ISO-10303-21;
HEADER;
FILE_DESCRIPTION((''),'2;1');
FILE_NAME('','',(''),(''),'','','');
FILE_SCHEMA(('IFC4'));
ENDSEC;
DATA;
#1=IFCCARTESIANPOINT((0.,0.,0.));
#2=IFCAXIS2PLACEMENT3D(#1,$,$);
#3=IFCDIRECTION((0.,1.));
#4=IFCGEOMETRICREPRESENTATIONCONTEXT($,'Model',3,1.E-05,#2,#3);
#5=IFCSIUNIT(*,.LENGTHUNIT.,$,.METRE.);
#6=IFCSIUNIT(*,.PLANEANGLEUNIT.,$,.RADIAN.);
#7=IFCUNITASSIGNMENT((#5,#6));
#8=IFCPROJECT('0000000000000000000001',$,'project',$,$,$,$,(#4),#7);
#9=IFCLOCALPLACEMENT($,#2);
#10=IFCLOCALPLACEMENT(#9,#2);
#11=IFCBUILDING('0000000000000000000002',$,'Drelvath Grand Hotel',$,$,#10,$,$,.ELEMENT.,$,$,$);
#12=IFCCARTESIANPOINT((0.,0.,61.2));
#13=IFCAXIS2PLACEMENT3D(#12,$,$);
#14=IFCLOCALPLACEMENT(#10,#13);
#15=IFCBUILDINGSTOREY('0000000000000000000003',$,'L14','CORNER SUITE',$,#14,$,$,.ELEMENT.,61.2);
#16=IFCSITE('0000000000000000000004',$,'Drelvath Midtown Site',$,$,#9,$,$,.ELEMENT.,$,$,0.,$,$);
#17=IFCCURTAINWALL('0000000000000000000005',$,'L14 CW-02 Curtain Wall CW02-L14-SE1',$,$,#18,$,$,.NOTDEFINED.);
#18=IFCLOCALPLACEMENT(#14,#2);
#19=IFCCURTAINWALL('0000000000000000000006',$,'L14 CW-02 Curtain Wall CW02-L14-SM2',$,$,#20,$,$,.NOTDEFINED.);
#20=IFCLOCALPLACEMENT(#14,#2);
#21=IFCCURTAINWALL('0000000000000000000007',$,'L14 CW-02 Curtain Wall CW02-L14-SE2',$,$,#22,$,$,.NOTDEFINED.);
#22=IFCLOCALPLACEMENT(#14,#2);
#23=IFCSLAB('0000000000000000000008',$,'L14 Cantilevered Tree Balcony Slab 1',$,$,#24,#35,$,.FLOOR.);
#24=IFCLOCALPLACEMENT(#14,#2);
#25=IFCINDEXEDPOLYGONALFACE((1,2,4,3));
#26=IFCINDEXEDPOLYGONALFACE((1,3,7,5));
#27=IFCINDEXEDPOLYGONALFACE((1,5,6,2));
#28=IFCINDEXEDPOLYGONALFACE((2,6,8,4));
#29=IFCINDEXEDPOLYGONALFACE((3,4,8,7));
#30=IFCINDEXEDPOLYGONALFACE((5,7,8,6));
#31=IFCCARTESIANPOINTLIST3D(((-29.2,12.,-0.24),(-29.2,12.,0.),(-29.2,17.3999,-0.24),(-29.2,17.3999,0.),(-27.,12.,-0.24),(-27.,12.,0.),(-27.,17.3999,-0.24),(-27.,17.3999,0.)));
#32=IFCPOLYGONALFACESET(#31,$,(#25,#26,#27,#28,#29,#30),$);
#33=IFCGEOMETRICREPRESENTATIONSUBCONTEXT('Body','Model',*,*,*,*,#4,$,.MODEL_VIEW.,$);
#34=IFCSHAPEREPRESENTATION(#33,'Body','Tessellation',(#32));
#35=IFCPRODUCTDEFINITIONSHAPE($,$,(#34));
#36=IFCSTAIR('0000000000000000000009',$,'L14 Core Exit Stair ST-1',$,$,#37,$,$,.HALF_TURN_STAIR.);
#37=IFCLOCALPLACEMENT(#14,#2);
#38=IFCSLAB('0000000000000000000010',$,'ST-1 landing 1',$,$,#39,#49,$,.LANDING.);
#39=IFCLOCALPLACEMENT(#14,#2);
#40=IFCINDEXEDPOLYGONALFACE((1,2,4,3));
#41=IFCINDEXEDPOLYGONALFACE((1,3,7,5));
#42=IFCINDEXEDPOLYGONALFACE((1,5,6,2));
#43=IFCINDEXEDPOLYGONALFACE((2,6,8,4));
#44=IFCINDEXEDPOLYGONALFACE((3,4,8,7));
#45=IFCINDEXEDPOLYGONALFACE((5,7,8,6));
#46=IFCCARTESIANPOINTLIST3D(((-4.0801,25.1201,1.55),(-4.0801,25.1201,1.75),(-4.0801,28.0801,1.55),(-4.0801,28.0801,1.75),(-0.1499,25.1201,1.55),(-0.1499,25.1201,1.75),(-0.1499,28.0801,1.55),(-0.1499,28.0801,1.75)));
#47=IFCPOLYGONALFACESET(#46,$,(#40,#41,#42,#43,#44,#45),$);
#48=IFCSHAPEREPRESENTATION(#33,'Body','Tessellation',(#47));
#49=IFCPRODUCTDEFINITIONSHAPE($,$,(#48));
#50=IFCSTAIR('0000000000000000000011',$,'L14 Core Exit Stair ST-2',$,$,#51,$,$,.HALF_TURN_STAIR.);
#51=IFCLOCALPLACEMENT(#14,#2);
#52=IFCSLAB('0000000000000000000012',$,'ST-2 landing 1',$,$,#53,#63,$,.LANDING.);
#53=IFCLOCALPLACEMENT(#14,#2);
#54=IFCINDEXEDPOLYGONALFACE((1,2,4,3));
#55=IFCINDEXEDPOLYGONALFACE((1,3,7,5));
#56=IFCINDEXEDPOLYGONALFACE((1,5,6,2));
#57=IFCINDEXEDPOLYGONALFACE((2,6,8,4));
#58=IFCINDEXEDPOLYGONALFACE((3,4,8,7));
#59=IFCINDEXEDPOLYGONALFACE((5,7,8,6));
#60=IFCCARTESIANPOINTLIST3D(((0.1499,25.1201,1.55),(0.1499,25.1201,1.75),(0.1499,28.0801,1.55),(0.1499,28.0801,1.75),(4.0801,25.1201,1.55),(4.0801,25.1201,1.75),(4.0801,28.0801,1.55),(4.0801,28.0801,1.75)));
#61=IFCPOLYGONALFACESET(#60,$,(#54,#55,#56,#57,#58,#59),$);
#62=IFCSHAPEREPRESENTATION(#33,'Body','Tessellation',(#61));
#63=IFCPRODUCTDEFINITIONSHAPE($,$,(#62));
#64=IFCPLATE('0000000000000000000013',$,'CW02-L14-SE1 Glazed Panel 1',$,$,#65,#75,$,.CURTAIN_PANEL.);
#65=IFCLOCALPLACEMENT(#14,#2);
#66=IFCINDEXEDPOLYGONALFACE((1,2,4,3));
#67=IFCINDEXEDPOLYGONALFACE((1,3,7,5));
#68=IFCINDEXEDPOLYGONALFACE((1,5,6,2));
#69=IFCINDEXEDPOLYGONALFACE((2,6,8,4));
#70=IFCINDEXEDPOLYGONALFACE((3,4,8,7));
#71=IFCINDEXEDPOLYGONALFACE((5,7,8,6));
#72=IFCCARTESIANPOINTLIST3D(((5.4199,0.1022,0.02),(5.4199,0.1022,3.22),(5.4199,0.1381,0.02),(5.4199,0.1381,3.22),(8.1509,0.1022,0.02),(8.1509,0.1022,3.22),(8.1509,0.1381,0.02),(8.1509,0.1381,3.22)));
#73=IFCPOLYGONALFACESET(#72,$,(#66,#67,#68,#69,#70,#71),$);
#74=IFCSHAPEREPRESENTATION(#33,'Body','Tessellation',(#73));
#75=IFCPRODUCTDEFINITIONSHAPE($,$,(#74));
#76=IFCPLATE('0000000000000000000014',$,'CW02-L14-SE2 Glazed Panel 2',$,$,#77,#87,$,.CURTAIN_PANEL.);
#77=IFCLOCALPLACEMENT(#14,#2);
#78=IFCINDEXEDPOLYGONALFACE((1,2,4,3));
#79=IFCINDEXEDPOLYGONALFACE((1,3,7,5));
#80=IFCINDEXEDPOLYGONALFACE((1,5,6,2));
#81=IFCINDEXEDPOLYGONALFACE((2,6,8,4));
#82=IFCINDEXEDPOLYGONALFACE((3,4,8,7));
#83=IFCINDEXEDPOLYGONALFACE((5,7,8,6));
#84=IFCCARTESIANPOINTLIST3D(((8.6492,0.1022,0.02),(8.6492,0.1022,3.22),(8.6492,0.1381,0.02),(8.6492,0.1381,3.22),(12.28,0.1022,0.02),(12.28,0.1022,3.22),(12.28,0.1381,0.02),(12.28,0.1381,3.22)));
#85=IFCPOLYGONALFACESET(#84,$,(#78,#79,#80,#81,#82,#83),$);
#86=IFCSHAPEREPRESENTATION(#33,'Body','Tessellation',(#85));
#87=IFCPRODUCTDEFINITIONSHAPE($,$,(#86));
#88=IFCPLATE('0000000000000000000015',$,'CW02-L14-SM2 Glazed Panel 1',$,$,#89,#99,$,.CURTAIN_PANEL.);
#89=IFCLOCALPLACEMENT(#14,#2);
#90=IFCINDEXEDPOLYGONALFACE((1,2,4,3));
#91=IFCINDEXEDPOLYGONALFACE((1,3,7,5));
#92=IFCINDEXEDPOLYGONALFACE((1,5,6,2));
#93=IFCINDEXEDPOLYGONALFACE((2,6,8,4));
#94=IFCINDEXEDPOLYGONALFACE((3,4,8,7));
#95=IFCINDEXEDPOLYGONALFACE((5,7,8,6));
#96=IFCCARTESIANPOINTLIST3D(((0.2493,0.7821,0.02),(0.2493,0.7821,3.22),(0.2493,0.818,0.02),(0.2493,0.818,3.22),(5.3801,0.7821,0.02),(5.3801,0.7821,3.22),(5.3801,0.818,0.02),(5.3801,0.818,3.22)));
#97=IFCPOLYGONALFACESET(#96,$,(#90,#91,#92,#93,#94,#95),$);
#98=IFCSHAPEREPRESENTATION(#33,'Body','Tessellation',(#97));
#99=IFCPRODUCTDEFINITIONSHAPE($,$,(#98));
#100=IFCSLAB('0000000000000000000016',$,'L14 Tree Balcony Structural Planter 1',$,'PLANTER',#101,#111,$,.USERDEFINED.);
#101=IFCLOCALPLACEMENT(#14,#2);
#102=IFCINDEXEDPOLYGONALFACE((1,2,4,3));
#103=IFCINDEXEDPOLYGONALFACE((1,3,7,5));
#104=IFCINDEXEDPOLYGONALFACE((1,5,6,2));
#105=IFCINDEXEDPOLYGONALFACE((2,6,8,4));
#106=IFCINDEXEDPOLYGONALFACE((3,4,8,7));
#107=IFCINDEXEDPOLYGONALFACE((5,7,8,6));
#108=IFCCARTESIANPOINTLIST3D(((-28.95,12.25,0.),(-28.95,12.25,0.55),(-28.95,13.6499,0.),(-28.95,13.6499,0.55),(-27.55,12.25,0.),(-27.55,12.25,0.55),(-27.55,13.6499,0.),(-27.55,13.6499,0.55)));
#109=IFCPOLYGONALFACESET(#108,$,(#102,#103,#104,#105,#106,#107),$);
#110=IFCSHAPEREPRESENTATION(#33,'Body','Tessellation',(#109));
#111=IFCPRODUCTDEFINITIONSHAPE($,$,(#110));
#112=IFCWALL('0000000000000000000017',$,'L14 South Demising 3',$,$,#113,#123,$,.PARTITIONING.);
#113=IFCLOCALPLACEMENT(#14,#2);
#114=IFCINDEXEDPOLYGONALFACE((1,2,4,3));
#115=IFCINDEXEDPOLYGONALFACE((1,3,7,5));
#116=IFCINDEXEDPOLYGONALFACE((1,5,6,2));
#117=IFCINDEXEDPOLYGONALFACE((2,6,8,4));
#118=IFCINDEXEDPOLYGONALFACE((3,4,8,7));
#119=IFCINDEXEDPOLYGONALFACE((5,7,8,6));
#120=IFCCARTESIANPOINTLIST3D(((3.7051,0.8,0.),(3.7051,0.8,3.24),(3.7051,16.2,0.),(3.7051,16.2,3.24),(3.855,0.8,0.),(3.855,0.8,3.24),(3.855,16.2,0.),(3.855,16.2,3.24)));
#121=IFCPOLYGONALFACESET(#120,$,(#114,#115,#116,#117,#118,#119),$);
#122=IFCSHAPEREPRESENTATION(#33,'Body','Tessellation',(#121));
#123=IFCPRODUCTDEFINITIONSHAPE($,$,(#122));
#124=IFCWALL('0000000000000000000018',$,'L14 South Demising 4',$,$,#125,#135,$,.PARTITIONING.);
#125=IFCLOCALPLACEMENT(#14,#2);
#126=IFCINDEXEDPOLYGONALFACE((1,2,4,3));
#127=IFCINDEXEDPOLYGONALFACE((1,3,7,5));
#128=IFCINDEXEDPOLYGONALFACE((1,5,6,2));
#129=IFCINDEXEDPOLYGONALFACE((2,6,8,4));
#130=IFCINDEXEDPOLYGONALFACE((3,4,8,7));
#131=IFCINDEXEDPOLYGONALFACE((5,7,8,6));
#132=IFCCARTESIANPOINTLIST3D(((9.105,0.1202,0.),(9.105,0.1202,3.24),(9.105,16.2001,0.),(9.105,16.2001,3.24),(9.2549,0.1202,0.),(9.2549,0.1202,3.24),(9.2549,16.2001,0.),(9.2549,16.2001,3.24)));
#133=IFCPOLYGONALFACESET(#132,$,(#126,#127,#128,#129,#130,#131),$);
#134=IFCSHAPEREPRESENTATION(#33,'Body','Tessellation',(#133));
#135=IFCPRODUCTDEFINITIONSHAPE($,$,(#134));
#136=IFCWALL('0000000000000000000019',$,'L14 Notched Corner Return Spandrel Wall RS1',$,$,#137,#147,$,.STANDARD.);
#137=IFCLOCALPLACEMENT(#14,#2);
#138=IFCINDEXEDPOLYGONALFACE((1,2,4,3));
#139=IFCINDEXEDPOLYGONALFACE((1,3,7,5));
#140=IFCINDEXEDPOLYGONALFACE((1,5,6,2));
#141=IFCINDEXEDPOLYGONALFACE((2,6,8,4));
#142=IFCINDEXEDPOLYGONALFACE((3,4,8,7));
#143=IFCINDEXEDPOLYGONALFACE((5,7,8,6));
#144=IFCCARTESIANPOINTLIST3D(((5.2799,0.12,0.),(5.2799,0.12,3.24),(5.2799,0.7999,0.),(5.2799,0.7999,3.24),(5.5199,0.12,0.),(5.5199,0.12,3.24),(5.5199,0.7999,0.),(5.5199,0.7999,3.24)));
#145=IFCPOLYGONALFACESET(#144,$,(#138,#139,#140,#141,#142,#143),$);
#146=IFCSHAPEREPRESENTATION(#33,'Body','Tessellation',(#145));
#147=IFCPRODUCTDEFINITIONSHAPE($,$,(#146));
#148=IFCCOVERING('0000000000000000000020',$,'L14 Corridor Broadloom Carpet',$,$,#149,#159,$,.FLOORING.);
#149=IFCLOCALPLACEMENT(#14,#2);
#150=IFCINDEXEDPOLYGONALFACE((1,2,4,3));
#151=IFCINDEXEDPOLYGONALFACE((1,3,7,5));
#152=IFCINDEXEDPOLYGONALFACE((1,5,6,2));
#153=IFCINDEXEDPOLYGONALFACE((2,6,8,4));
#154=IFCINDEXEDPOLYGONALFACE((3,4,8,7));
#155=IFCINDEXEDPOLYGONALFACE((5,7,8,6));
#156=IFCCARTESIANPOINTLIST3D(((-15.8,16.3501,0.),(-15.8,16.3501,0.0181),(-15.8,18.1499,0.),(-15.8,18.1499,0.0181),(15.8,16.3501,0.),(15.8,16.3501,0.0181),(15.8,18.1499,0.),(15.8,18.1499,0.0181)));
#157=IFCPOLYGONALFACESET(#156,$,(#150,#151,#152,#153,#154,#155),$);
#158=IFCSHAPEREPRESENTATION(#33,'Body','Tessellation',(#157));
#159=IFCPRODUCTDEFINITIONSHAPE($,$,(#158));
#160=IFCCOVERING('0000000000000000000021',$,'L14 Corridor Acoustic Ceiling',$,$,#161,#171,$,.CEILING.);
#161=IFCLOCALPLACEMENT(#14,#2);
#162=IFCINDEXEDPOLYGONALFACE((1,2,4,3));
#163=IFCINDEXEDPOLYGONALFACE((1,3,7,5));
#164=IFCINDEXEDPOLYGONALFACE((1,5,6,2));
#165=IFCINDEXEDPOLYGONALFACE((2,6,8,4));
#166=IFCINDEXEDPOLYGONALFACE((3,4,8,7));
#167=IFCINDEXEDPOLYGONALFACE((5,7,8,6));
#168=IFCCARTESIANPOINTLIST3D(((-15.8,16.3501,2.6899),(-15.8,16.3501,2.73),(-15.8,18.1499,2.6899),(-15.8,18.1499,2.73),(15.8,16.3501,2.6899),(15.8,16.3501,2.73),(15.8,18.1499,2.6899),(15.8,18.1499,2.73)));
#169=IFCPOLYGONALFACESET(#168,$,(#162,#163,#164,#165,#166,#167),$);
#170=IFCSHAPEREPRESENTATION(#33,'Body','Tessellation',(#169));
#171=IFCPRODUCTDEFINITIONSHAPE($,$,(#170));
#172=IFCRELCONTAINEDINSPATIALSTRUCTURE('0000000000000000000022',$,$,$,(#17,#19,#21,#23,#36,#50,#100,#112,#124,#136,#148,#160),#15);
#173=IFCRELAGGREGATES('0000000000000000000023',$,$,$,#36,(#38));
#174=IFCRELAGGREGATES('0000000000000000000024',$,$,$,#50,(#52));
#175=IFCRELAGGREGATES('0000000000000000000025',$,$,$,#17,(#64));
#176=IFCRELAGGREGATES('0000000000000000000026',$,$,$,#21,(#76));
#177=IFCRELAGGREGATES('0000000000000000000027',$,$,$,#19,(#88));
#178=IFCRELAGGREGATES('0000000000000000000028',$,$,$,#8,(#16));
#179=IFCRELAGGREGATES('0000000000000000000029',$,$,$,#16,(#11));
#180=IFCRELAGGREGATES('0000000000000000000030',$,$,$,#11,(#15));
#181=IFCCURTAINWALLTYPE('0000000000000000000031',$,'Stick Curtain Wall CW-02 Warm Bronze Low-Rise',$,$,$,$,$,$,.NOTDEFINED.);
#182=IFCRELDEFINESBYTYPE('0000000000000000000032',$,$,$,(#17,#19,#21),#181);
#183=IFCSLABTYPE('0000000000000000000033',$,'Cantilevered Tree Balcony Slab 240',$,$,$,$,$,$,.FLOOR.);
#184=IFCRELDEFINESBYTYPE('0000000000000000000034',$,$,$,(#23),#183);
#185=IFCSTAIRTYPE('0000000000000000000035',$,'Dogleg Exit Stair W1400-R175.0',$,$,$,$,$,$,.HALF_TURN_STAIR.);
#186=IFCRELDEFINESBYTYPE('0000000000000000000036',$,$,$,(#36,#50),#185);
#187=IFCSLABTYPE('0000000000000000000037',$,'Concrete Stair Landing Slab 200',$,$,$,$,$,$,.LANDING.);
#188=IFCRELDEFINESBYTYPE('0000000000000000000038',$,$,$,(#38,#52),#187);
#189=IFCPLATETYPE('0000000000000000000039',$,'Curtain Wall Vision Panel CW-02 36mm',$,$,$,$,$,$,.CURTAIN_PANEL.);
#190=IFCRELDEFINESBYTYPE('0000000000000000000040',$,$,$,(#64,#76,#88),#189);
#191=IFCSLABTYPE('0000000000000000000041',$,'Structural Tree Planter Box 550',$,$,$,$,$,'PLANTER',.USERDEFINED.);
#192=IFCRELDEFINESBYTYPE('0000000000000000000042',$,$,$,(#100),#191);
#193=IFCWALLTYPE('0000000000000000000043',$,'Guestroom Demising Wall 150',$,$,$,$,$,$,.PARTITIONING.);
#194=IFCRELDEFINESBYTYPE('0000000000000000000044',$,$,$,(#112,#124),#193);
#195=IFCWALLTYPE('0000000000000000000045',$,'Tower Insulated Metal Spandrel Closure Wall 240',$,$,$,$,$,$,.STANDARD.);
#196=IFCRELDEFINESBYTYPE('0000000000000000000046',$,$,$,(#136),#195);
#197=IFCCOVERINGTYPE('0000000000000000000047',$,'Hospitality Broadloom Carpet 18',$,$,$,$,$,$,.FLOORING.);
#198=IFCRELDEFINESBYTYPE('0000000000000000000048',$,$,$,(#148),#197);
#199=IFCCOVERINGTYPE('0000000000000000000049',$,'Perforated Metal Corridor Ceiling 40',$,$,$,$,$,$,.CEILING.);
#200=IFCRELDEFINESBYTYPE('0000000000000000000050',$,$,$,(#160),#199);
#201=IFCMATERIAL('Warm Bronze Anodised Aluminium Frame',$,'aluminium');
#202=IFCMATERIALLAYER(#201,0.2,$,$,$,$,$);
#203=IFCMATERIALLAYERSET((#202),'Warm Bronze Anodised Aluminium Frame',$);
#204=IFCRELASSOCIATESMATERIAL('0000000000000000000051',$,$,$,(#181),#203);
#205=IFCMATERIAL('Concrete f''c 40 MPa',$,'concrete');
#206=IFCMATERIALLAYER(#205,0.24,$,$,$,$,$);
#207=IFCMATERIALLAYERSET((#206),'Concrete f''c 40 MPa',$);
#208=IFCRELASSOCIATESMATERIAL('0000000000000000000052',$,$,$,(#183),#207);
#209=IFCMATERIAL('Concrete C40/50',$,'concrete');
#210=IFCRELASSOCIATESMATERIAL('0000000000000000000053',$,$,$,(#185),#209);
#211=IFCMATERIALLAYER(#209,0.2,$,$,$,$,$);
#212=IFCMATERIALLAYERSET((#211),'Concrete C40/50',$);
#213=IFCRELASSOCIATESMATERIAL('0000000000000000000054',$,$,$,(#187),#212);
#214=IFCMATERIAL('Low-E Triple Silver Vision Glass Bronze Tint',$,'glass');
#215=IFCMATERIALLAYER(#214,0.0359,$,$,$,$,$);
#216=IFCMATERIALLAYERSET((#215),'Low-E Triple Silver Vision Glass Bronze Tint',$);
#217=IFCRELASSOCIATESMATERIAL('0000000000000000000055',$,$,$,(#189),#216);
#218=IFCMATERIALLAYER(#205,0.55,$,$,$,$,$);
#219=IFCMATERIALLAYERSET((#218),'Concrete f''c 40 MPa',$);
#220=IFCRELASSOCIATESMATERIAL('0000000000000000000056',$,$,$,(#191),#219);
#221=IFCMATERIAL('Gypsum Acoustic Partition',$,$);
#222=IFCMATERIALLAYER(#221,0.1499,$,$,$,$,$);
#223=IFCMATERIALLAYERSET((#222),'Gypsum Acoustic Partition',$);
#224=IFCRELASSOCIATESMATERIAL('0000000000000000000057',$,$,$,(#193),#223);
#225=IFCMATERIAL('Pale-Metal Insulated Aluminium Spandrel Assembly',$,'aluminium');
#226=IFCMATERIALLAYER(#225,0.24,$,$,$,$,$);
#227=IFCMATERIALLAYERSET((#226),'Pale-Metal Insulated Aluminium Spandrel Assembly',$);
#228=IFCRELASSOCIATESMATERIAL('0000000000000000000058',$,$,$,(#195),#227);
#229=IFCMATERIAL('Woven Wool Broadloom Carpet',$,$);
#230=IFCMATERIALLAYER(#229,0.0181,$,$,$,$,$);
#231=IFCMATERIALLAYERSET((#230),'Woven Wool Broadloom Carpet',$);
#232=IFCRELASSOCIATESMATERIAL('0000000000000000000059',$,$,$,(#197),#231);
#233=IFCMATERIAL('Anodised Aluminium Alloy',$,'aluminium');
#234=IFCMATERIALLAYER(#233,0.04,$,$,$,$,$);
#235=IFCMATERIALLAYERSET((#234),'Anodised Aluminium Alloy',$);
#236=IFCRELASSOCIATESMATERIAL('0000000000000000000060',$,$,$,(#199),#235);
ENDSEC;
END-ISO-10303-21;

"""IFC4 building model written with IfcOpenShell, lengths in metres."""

from ifc_helpers import new_model, si_unit, direction, frame, frame_2d, origin, origin_2d, place, context, subcontext, project, spatial, polyline, rectangle, outline, extrude, material, layer, layer_set, type_object, element, aggregate, save


model = new_model("IFC4")

# Units and contexts
model_context = context("Model", 3, precision=1e-05, world=origin(), true_north=direction((0.0, 1.0)))
body_context = subcontext(model_context, "Body", "Model", "MODEL_VIEW")
ifc_project = project(units=[si_unit("LENGTHUNIT", "METRE"), si_unit("PLANEANGLEUNIT", "RADIAN")], contexts=[model_context])

# Site, building, storey
site_placement = place(None, origin())
site = spatial("IfcSite", under=ifc_project, at=site_placement, Name="Drelvath Midtown Site", CompositionType="ELEMENT", RefElevation=0.0)
building_placement = place(site_placement, origin())
building = spatial("IfcBuilding", under=site, at=building_placement, Name="Drelvath Grand Hotel", CompositionType="ELEMENT")
storey_placement = place(building_placement, frame((0.0, 0.0, 61.2)))
storey = spatial("IfcBuildingStorey", under=building, at=storey_placement, Name="L14", Description="CORNER SUITE", CompositionType="ELEMENT", Elevation=61.2)

# Curtain walls
ifc_material_1 = material(Name="Warm Bronze Anodised Aluminium Frame", Category="aluminium")
ifc_layer_1 = layer(ifc_material_1, 0.2)
ifc_layer_set_1 = layer_set([ifc_layer_1], Name="Warm Bronze Anodised Aluminium Frame")
curtain_wall_type = type_object("IfcCurtainWallType", Name="Stick Curtain Wall CW-02 Warm Bronze Low-Rise", PredefinedType="NOTDEFINED", material=ifc_layer_set_1)
curtain_wall_1_placement = place(storey_placement, origin())
curtain_wall_1 = element("IfcCurtainWall", 1, at=curtain_wall_1_placement, inside=storey, type_object=curtain_wall_type, Name="L14 CW-02 Curtain Wall CW02-L14-SE1", PredefinedType="NOTDEFINED")
curtain_wall_2_placement = place(storey_placement, origin())
curtain_wall_2 = element("IfcCurtainWall", 2, at=curtain_wall_2_placement, inside=storey, type_object=curtain_wall_type, Name="L14 CW-02 Curtain Wall CW02-L14-SM2", PredefinedType="NOTDEFINED")

# Curtain wall
curtain_wall_3_placement = place(storey_placement, origin())
curtain_wall_3 = element("IfcCurtainWall", 3, at=curtain_wall_3_placement, inside=storey, type_object=curtain_wall_type, Name="L14 CW-02 Curtain Wall CW02-L14-SE2", PredefinedType="NOTDEFINED")

# Slab
ifc_material_2 = material(Name="Concrete f'c 40 MPa", Category="concrete")
ifc_layer_2 = layer(ifc_material_2, 0.24)
ifc_layer_set_2 = layer_set([ifc_layer_2], Name="Concrete f'c 40 MPa")
slab_type_1 = type_object("IfcSlabType", Name="Cantilevered Tree Balcony Slab 240", PredefinedType="FLOOR", material=ifc_layer_set_2)
slab_1_placement = place(storey_placement, frame((0.0, 0.0, -0.24)))
element("IfcSlab", 4, at=slab_1_placement, inside=storey, type_object=slab_type_1, Name="L14 Cantilevered Tree Balcony Slab 1", PredefinedType="FLOOR", context=body_context, shape_type="SweptSolid", body=[
    extrude(outline(polyline([(-29.2, 12.0), (-27.0, 12.0), (-27.0, 17.3999), (-29.2, 17.3999), (-29.2, 12.0)])), origin(), (0.0, 0.0, 1.0), 0.24),
])

# Stairs, slabs
ifc_material_3 = material(Name="Concrete C40/50", Category="concrete")
stair_type = type_object("IfcStairType", Name="Dogleg Exit Stair W1400-R175.0", PredefinedType="HALF_TURN_STAIR", material=ifc_material_3)
stair_1_placement = place(storey_placement, origin())
stair_1 = element("IfcStair", 5, at=stair_1_placement, inside=storey, type_object=stair_type, Name="L14 Core Exit Stair ST-1", PredefinedType="HALF_TURN_STAIR")
ifc_layer_3 = layer(ifc_material_3, 0.2)
ifc_layer_set_3 = layer_set([ifc_layer_3], Name="Concrete C40/50")
slab_type_2 = type_object("IfcSlabType", Name="Concrete Stair Landing Slab 200", PredefinedType="LANDING", material=ifc_layer_set_3)
slab_2_placement = place(storey_placement, frame((0.0, 0.0, 1.55)))
slab_2 = element("IfcSlab", 6, at=slab_2_placement, type_object=slab_type_2, Name="ST-1 landing 1", PredefinedType="LANDING", context=body_context, shape_type="SweptSolid", body=[
    extrude(outline(polyline([(-4.0801, 25.1201), (-0.1499, 25.1201), (-0.1499, 28.0801), (-4.0801, 28.0801), (-4.0801, 25.1201)])), origin(), (0.0, 0.0, 1.0), 0.2),
])
aggregate(stair_1, [slab_2])
stair_2_placement = place(storey_placement, origin())
stair_2 = element("IfcStair", 7, at=stair_2_placement, inside=storey, type_object=stair_type, Name="L14 Core Exit Stair ST-2", PredefinedType="HALF_TURN_STAIR")
slab_3_placement = place(storey_placement, frame((0.0, 0.0, 1.55)))
slab_3 = element("IfcSlab", 8, at=slab_3_placement, type_object=slab_type_2, Name="ST-2 landing 1", PredefinedType="LANDING", context=body_context, shape_type="SweptSolid", body=[
    extrude(outline(polyline([(4.0801, 28.0801), (0.1499, 28.0801), (0.1499, 25.1201), (4.0801, 25.1201), (4.0801, 28.0801)])), origin(), (0.0, 0.0, 1.0), 0.2),
])
aggregate(stair_2, [slab_3])

# Plates
ifc_material_4 = material(Name="Low-E Triple Silver Vision Glass Bronze Tint", Category="glass")
ifc_layer_4 = layer(ifc_material_4, 0.0359)
ifc_layer_set_4 = layer_set([ifc_layer_4], Name="Low-E Triple Silver Vision Glass Bronze Tint")
plate_type = type_object("IfcPlateType", Name="Curtain Wall Vision Panel CW-02 36mm", PredefinedType="CURTAIN_PANEL", material=ifc_layer_set_4)
plate_1_placement = place(storey_placement, frame((6.7854, 0.1201, 0.02), z_axis=(0.0, 0.0, 1.0), x_axis=(-1.0, 0.0, 0.0)))
plate_1 = element("IfcPlate", 9, at=plate_1_placement, type_object=plate_type, Name="CW02-L14-SE1 Glazed Panel 1", PredefinedType="CURTAIN_PANEL", context=body_context, shape_type="SweptSolid", body=[
    extrude(rectangle(XDim=2.731, YDim=0.0359, at=origin_2d()), origin(), (0.0, 0.0, 1.0), 3.2),
])
aggregate(curtain_wall_1, [plate_1])
plate_2_placement = place(storey_placement, frame((10.4646, 0.1201, 0.02), z_axis=(0.0, 0.0, 1.0), x_axis=(-1.0, 0.0, 0.0)))
plate_2 = element("IfcPlate", 10, at=plate_2_placement, type_object=plate_type, Name="CW02-L14-SE2 Glazed Panel 2", PredefinedType="CURTAIN_PANEL", context=body_context, shape_type="SweptSolid", body=[
    extrude(rectangle(XDim=3.6309, YDim=0.0359, at=origin_2d()), origin(), (0.0, 0.0, 1.0), 3.2),
])
aggregate(curtain_wall_3, [plate_2])
plate_3_placement = place(storey_placement, frame((2.8147, 0.8, 0.02), z_axis=(0.0, 0.0, 1.0), x_axis=(-1.0, 0.0, 0.0)))
plate_3 = element("IfcPlate", 11, at=plate_3_placement, type_object=plate_type, Name="CW02-L14-SM2 Glazed Panel 1", PredefinedType="CURTAIN_PANEL", context=body_context, shape_type="SweptSolid", body=[
    extrude(rectangle(XDim=5.1309, YDim=0.0359, at=origin_2d()), origin(), (0.0, 0.0, 1.0), 3.2),
])
aggregate(curtain_wall_2, [plate_3])

# Slab
ifc_layer_5 = layer(ifc_material_2, 0.55)
ifc_layer_set_5 = layer_set([ifc_layer_5], Name="Concrete f'c 40 MPa")
slab_type_3 = type_object("IfcSlabType", Name="Structural Tree Planter Box 550", ElementType="PLANTER", PredefinedType="USERDEFINED", material=ifc_layer_set_5)
slab_4_placement = place(storey_placement, origin())
element("IfcSlab", 12, at=slab_4_placement, inside=storey, type_object=slab_type_3, Name="L14 Tree Balcony Structural Planter 1", ObjectType="PLANTER", PredefinedType="USERDEFINED", context=body_context, shape_type="SweptSolid", body=[
    extrude(outline(polyline([(-28.95, 12.25), (-27.55, 12.25), (-27.55, 13.6499), (-28.95, 13.6499), (-28.95, 12.25)])), origin(), (0.0, 0.0, 1.0), 0.55),
])

# Walls
ifc_material_5 = material(Name="Gypsum Acoustic Partition")
ifc_layer_6 = layer(ifc_material_5, 0.1499)
ifc_layer_set_6 = layer_set([ifc_layer_6], Name="Gypsum Acoustic Partition")
wall_type_1 = type_object("IfcWallType", Name="Guestroom Demising Wall 150", PredefinedType="PARTITIONING", material=ifc_layer_set_6)
wall_1_placement = place(storey_placement, frame((3.78, 0.8, 0.0), z_axis=(0.0, 0.0, 1.0), x_axis=(0.0, 1.0, 0.0)))
element("IfcWall", 13, at=wall_1_placement, inside=storey, type_object=wall_type_1, Name="L14 South Demising 3", PredefinedType="PARTITIONING", context=body_context, shape_type="SweptSolid", body=[
    extrude(rectangle(XDim=15.3999, YDim=0.1499, at=frame_2d((7.7, 0.0))), origin(), (0.0, 0.0, 1.0), 3.24),
])
wall_2_placement = place(storey_placement, frame((9.1799, 0.1201, 0.0), z_axis=(0.0, 0.0, 1.0), x_axis=(0.0, 1.0, 0.0)))
element("IfcWall", 14, at=wall_2_placement, inside=storey, type_object=wall_type_1, Name="L14 South Demising 4", PredefinedType="PARTITIONING", context=body_context, shape_type="SweptSolid", body=[
    extrude(rectangle(XDim=16.0798, YDim=0.1499, at=frame_2d((8.04, 0.0))), origin(), (0.0, 0.0, 1.0), 3.24),
])
ifc_material_6 = material(Name="Pale-Metal Insulated Aluminium Spandrel Assembly", Category="aluminium")
ifc_layer_7 = layer(ifc_material_6, 0.24)
ifc_layer_set_7 = layer_set([ifc_layer_7], Name="Pale-Metal Insulated Aluminium Spandrel Assembly")
wall_type_2 = type_object("IfcWallType", Name="Tower Insulated Metal Spandrel Closure Wall 240", PredefinedType="STANDARD", material=ifc_layer_set_7)
wall_3_placement = place(storey_placement, frame((5.3999, 0.1201, 0.0), z_axis=(0.0, 0.0, 1.0), x_axis=(0.0, 1.0, 0.0)))
element("IfcWall", 15, at=wall_3_placement, inside=storey, type_object=wall_type_2, Name="L14 Notched Corner Return Spandrel Wall RS1", PredefinedType="STANDARD", context=body_context, shape_type="SweptSolid", body=[
    extrude(rectangle(XDim=0.6799, YDim=0.24, at=frame_2d((0.3398, 0.0))), origin(), (0.0, 0.0, 1.0), 3.24),
])

# Coverings
ifc_material_7 = material(Name="Woven Wool Broadloom Carpet")
ifc_layer_8 = layer(ifc_material_7, 0.0181)
ifc_layer_set_8 = layer_set([ifc_layer_8], Name="Woven Wool Broadloom Carpet")
covering_type_1 = type_object("IfcCoveringType", Name="Hospitality Broadloom Carpet 18", PredefinedType="FLOORING", material=ifc_layer_set_8)
covering_1_placement = place(storey_placement, origin())
element("IfcCovering", 16, at=covering_1_placement, inside=storey, type_object=covering_type_1, Name="L14 Corridor Broadloom Carpet", PredefinedType="FLOORING", context=body_context, shape_type="SweptSolid", body=[
    extrude(outline(polyline([(15.8, 16.3501), (15.8, 18.1499), (-15.8, 18.1499), (-15.8, 16.3501), (15.8, 16.3501)])), origin(), (0.0, 0.0, 1.0), 0.0181),
])
ifc_material_8 = material(Name="Anodised Aluminium Alloy", Category="aluminium")
ifc_layer_9 = layer(ifc_material_8, 0.04)
ifc_layer_set_9 = layer_set([ifc_layer_9], Name="Anodised Aluminium Alloy")
covering_type_2 = type_object("IfcCoveringType", Name="Perforated Metal Corridor Ceiling 40", PredefinedType="CEILING", material=ifc_layer_set_9)
covering_2_placement = place(storey_placement, frame((0.0, 0.0, 2.6899)))
element("IfcCovering", 17, at=covering_2_placement, inside=storey, type_object=covering_type_2, Name="L14 Corridor Acoustic Ceiling", PredefinedType="CEILING", context=body_context, shape_type="SweptSolid", body=[
    extrude(outline(polyline([(15.8, 16.3501), (15.8, 18.1499), (-15.8, 18.1499), (-15.8, 16.3501), (15.8, 16.3501)])), origin(), (0.0, 0.0, 1.0), 0.04),
])

save(model, "model.ifc")
